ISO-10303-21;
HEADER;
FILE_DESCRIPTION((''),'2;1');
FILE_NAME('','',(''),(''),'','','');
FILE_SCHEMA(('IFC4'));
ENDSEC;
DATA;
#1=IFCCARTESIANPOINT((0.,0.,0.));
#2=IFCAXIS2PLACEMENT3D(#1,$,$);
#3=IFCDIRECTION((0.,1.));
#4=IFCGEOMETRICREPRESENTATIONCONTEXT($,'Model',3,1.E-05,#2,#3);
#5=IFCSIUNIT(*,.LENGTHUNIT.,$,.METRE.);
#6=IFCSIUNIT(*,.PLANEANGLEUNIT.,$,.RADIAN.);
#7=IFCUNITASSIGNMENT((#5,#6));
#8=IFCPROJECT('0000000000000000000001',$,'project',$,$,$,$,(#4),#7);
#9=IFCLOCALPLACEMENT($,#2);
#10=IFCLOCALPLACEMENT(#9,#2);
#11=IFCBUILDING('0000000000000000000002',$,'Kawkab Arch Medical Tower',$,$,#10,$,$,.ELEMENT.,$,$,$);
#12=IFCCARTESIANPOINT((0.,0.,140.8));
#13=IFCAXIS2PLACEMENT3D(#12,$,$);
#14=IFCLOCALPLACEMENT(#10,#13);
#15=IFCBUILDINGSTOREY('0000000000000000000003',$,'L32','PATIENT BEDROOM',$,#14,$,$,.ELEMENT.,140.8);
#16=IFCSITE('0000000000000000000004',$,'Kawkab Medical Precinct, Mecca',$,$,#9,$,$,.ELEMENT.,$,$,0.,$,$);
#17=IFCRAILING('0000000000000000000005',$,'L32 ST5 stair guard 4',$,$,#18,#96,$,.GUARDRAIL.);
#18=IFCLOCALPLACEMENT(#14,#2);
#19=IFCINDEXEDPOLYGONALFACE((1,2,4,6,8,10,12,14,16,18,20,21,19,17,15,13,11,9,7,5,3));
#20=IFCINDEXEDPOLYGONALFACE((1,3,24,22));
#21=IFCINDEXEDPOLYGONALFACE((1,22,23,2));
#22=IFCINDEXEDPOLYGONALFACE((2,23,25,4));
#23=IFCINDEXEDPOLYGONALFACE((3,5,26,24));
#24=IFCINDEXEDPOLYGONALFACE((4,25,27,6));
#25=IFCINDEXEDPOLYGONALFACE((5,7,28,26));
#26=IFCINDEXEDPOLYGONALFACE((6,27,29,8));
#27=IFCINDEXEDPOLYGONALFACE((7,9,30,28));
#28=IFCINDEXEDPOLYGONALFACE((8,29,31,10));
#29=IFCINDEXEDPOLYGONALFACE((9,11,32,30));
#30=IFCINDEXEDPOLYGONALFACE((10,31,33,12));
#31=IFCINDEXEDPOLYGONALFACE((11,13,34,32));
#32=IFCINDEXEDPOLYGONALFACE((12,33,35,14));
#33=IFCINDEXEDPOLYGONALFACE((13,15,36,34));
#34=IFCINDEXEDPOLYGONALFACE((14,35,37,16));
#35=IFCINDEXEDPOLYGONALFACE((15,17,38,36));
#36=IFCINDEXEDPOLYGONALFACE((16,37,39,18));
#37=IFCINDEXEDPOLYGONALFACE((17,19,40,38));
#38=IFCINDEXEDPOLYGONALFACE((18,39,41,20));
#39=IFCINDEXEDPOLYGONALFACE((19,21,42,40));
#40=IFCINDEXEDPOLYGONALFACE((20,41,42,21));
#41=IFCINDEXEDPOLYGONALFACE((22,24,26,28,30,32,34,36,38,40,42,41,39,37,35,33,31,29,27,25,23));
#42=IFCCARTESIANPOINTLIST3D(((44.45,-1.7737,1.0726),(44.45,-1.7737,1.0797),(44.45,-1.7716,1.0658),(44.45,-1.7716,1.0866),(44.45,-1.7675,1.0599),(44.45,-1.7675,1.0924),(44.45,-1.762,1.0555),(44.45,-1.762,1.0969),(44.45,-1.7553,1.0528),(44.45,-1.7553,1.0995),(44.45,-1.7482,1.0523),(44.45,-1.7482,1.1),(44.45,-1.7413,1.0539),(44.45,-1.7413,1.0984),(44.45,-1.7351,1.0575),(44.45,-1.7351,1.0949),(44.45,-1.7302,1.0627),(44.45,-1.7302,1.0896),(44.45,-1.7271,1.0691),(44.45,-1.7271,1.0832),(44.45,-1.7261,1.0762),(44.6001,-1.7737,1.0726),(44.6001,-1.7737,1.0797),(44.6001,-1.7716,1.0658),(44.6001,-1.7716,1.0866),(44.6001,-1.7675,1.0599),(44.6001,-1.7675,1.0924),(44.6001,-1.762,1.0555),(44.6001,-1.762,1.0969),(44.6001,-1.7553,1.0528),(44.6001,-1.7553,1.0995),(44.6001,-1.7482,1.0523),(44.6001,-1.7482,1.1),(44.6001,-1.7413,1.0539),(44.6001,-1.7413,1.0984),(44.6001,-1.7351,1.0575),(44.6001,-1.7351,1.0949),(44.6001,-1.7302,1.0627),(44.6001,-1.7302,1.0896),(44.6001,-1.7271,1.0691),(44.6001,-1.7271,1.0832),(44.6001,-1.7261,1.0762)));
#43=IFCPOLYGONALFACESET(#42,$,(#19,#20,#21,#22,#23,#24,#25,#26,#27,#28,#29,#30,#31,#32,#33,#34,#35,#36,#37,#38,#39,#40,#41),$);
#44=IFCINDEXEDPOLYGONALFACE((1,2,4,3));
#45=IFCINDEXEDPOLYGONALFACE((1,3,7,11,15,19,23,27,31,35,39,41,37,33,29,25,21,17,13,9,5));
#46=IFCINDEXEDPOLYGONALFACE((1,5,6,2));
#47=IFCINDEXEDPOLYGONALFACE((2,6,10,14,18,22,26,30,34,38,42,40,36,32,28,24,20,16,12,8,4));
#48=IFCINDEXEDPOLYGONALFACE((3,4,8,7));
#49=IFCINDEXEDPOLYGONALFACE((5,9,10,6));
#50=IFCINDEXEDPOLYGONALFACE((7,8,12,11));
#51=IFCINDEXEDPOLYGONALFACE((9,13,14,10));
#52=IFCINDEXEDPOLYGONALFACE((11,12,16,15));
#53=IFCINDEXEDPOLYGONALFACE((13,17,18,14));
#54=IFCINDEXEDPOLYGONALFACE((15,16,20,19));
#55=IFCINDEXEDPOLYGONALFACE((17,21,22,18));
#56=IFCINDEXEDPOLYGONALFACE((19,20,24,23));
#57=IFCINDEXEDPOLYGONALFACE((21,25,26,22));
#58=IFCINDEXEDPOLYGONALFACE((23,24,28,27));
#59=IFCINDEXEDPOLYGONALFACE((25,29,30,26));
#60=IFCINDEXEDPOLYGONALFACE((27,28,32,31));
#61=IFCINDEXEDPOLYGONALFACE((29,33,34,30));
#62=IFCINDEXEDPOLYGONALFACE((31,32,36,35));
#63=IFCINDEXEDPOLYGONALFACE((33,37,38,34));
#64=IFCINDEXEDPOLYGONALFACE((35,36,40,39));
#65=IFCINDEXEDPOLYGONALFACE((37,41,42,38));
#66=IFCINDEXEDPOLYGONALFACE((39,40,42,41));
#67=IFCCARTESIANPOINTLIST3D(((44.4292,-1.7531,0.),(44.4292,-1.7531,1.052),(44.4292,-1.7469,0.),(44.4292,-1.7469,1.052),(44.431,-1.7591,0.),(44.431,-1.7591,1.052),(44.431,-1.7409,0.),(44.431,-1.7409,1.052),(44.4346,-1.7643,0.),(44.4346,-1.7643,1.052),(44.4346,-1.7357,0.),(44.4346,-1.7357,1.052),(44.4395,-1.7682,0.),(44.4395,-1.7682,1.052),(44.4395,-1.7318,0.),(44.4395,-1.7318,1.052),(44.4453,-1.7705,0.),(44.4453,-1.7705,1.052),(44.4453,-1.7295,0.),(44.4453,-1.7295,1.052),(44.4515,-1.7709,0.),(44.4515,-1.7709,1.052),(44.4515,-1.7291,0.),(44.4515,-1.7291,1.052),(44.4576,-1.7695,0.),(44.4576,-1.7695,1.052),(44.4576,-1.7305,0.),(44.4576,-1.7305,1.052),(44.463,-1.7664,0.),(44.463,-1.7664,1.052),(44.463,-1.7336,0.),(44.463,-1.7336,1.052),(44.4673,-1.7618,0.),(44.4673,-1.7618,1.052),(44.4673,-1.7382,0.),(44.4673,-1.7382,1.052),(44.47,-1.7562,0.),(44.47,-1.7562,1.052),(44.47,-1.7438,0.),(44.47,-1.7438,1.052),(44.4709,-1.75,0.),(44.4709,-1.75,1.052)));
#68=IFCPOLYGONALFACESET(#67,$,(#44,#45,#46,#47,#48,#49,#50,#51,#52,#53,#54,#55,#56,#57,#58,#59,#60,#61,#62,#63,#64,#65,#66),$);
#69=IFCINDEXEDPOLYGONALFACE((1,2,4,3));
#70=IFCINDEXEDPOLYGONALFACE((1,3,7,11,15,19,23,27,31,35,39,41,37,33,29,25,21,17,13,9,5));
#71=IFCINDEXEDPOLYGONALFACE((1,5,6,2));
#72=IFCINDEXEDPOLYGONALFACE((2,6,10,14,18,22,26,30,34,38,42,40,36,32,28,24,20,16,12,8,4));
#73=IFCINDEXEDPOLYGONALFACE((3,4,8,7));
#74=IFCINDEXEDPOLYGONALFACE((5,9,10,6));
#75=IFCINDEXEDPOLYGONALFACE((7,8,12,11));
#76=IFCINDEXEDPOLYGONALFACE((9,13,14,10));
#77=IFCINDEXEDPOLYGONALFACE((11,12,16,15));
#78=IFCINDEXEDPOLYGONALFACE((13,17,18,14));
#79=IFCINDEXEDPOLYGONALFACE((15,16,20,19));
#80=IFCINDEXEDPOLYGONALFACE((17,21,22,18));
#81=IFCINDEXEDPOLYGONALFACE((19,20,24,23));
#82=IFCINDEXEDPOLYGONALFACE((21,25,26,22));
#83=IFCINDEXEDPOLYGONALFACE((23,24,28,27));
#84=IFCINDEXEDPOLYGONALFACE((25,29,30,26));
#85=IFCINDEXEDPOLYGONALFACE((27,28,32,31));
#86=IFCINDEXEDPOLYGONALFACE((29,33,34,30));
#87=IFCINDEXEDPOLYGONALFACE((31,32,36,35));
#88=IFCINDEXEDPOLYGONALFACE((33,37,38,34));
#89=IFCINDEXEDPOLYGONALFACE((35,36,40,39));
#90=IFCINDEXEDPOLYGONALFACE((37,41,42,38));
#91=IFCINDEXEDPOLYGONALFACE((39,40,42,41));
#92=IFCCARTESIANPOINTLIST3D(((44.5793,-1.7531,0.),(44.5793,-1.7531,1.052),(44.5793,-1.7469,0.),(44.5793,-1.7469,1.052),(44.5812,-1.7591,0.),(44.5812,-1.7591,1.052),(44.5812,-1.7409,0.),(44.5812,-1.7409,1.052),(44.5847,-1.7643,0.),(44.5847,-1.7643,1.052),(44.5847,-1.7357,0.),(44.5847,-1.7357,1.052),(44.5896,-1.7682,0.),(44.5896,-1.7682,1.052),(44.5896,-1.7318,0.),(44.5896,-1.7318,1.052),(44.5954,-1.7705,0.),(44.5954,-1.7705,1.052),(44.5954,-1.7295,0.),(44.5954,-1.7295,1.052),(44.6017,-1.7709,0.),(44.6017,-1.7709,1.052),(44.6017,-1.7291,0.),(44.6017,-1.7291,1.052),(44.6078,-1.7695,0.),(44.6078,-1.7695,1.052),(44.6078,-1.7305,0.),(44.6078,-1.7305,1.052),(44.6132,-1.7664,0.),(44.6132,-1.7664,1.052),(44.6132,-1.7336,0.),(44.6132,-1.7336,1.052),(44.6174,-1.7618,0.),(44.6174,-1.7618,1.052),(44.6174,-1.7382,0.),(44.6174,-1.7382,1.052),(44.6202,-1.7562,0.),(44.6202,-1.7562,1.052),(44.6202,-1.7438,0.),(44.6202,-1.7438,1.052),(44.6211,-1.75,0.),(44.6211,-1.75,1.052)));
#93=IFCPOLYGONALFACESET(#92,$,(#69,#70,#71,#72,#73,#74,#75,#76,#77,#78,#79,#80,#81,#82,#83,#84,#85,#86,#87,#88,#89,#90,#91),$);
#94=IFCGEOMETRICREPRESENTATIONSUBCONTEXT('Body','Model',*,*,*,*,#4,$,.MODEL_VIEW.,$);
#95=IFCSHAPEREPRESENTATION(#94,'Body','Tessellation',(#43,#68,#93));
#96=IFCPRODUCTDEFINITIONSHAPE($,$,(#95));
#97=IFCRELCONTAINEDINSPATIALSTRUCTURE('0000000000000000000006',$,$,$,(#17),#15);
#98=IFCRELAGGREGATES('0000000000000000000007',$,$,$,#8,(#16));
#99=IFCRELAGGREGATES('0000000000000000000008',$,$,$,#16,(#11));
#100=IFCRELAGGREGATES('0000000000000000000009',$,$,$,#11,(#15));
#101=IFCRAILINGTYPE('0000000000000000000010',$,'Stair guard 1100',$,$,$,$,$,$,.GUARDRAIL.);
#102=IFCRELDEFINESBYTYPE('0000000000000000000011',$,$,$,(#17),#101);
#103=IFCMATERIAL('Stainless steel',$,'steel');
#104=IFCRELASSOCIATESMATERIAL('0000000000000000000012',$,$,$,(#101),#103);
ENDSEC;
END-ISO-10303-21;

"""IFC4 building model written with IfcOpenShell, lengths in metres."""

from ifc_helpers import new_model, si_unit, direction, frame, origin, origin_2d, place, context, subcontext, project, spatial, circle, extrude, material, type_object, element, save


model = new_model("IFC4")

# Units and contexts
model_context = context("Model", 3, precision=1e-05, world=origin(), true_north=direction((0.0, 1.0)))
body_context = subcontext(model_context, "Body", "Model", "MODEL_VIEW")
ifc_project = project(units=[si_unit("LENGTHUNIT", "METRE"), si_unit("PLANEANGLEUNIT", "RADIAN")], contexts=[model_context])

# Site, building, storey
site_placement = place(None, origin())
site = spatial("IfcSite", under=ifc_project, at=site_placement, Name="Kawkab Medical Precinct, Mecca", CompositionType="ELEMENT", RefElevation=0.0)
building_placement = place(site_placement, origin())
building = spatial("IfcBuilding", under=site, at=building_placement, Name="Kawkab Arch Medical Tower", CompositionType="ELEMENT")
storey_placement = place(building_placement, frame((0.0, 0.0, 140.8)))
storey = spatial("IfcBuildingStorey", under=building, at=storey_placement, Name="L32", Description="PATIENT BEDROOM", CompositionType="ELEMENT", Elevation=140.8)

# Railing
ifc_material_1 = material(Name="Stainless steel", Category="steel")
railing_type = type_object("IfcRailingType", Name="Stair guard 1100", PredefinedType="GUARDRAIL", material=ifc_material_1)
railing_1_placement = place(storey_placement, frame((44.45, -1.75, 0.0)))
element("IfcRailing", 1, at=railing_1_placement, inside=storey, type_object=railing_type, Name="L32 ST5 stair guard 4", PredefinedType="GUARDRAIL", context=body_context, shape_type="SweptSolid", body=[
    extrude(circle(Radius=0.0239, at=origin_2d()), frame((0.0, 0.0, 1.0762), z_axis=(1.0, 0.0, 0.0), x_axis=(0.0, 1.0, 0.0)), (0.0, 0.0, 1.0), 0.1501),
    extrude(circle(Radius=0.021, at=origin_2d()), origin(), (0.0, 0.0, 1.0), 1.052),
    extrude(circle(Radius=0.021, at=origin_2d()), frame((0.1501, 0.0, 0.0)), (0.0, 0.0, 1.0), 1.052),
])

save(model, "model.ifc")
